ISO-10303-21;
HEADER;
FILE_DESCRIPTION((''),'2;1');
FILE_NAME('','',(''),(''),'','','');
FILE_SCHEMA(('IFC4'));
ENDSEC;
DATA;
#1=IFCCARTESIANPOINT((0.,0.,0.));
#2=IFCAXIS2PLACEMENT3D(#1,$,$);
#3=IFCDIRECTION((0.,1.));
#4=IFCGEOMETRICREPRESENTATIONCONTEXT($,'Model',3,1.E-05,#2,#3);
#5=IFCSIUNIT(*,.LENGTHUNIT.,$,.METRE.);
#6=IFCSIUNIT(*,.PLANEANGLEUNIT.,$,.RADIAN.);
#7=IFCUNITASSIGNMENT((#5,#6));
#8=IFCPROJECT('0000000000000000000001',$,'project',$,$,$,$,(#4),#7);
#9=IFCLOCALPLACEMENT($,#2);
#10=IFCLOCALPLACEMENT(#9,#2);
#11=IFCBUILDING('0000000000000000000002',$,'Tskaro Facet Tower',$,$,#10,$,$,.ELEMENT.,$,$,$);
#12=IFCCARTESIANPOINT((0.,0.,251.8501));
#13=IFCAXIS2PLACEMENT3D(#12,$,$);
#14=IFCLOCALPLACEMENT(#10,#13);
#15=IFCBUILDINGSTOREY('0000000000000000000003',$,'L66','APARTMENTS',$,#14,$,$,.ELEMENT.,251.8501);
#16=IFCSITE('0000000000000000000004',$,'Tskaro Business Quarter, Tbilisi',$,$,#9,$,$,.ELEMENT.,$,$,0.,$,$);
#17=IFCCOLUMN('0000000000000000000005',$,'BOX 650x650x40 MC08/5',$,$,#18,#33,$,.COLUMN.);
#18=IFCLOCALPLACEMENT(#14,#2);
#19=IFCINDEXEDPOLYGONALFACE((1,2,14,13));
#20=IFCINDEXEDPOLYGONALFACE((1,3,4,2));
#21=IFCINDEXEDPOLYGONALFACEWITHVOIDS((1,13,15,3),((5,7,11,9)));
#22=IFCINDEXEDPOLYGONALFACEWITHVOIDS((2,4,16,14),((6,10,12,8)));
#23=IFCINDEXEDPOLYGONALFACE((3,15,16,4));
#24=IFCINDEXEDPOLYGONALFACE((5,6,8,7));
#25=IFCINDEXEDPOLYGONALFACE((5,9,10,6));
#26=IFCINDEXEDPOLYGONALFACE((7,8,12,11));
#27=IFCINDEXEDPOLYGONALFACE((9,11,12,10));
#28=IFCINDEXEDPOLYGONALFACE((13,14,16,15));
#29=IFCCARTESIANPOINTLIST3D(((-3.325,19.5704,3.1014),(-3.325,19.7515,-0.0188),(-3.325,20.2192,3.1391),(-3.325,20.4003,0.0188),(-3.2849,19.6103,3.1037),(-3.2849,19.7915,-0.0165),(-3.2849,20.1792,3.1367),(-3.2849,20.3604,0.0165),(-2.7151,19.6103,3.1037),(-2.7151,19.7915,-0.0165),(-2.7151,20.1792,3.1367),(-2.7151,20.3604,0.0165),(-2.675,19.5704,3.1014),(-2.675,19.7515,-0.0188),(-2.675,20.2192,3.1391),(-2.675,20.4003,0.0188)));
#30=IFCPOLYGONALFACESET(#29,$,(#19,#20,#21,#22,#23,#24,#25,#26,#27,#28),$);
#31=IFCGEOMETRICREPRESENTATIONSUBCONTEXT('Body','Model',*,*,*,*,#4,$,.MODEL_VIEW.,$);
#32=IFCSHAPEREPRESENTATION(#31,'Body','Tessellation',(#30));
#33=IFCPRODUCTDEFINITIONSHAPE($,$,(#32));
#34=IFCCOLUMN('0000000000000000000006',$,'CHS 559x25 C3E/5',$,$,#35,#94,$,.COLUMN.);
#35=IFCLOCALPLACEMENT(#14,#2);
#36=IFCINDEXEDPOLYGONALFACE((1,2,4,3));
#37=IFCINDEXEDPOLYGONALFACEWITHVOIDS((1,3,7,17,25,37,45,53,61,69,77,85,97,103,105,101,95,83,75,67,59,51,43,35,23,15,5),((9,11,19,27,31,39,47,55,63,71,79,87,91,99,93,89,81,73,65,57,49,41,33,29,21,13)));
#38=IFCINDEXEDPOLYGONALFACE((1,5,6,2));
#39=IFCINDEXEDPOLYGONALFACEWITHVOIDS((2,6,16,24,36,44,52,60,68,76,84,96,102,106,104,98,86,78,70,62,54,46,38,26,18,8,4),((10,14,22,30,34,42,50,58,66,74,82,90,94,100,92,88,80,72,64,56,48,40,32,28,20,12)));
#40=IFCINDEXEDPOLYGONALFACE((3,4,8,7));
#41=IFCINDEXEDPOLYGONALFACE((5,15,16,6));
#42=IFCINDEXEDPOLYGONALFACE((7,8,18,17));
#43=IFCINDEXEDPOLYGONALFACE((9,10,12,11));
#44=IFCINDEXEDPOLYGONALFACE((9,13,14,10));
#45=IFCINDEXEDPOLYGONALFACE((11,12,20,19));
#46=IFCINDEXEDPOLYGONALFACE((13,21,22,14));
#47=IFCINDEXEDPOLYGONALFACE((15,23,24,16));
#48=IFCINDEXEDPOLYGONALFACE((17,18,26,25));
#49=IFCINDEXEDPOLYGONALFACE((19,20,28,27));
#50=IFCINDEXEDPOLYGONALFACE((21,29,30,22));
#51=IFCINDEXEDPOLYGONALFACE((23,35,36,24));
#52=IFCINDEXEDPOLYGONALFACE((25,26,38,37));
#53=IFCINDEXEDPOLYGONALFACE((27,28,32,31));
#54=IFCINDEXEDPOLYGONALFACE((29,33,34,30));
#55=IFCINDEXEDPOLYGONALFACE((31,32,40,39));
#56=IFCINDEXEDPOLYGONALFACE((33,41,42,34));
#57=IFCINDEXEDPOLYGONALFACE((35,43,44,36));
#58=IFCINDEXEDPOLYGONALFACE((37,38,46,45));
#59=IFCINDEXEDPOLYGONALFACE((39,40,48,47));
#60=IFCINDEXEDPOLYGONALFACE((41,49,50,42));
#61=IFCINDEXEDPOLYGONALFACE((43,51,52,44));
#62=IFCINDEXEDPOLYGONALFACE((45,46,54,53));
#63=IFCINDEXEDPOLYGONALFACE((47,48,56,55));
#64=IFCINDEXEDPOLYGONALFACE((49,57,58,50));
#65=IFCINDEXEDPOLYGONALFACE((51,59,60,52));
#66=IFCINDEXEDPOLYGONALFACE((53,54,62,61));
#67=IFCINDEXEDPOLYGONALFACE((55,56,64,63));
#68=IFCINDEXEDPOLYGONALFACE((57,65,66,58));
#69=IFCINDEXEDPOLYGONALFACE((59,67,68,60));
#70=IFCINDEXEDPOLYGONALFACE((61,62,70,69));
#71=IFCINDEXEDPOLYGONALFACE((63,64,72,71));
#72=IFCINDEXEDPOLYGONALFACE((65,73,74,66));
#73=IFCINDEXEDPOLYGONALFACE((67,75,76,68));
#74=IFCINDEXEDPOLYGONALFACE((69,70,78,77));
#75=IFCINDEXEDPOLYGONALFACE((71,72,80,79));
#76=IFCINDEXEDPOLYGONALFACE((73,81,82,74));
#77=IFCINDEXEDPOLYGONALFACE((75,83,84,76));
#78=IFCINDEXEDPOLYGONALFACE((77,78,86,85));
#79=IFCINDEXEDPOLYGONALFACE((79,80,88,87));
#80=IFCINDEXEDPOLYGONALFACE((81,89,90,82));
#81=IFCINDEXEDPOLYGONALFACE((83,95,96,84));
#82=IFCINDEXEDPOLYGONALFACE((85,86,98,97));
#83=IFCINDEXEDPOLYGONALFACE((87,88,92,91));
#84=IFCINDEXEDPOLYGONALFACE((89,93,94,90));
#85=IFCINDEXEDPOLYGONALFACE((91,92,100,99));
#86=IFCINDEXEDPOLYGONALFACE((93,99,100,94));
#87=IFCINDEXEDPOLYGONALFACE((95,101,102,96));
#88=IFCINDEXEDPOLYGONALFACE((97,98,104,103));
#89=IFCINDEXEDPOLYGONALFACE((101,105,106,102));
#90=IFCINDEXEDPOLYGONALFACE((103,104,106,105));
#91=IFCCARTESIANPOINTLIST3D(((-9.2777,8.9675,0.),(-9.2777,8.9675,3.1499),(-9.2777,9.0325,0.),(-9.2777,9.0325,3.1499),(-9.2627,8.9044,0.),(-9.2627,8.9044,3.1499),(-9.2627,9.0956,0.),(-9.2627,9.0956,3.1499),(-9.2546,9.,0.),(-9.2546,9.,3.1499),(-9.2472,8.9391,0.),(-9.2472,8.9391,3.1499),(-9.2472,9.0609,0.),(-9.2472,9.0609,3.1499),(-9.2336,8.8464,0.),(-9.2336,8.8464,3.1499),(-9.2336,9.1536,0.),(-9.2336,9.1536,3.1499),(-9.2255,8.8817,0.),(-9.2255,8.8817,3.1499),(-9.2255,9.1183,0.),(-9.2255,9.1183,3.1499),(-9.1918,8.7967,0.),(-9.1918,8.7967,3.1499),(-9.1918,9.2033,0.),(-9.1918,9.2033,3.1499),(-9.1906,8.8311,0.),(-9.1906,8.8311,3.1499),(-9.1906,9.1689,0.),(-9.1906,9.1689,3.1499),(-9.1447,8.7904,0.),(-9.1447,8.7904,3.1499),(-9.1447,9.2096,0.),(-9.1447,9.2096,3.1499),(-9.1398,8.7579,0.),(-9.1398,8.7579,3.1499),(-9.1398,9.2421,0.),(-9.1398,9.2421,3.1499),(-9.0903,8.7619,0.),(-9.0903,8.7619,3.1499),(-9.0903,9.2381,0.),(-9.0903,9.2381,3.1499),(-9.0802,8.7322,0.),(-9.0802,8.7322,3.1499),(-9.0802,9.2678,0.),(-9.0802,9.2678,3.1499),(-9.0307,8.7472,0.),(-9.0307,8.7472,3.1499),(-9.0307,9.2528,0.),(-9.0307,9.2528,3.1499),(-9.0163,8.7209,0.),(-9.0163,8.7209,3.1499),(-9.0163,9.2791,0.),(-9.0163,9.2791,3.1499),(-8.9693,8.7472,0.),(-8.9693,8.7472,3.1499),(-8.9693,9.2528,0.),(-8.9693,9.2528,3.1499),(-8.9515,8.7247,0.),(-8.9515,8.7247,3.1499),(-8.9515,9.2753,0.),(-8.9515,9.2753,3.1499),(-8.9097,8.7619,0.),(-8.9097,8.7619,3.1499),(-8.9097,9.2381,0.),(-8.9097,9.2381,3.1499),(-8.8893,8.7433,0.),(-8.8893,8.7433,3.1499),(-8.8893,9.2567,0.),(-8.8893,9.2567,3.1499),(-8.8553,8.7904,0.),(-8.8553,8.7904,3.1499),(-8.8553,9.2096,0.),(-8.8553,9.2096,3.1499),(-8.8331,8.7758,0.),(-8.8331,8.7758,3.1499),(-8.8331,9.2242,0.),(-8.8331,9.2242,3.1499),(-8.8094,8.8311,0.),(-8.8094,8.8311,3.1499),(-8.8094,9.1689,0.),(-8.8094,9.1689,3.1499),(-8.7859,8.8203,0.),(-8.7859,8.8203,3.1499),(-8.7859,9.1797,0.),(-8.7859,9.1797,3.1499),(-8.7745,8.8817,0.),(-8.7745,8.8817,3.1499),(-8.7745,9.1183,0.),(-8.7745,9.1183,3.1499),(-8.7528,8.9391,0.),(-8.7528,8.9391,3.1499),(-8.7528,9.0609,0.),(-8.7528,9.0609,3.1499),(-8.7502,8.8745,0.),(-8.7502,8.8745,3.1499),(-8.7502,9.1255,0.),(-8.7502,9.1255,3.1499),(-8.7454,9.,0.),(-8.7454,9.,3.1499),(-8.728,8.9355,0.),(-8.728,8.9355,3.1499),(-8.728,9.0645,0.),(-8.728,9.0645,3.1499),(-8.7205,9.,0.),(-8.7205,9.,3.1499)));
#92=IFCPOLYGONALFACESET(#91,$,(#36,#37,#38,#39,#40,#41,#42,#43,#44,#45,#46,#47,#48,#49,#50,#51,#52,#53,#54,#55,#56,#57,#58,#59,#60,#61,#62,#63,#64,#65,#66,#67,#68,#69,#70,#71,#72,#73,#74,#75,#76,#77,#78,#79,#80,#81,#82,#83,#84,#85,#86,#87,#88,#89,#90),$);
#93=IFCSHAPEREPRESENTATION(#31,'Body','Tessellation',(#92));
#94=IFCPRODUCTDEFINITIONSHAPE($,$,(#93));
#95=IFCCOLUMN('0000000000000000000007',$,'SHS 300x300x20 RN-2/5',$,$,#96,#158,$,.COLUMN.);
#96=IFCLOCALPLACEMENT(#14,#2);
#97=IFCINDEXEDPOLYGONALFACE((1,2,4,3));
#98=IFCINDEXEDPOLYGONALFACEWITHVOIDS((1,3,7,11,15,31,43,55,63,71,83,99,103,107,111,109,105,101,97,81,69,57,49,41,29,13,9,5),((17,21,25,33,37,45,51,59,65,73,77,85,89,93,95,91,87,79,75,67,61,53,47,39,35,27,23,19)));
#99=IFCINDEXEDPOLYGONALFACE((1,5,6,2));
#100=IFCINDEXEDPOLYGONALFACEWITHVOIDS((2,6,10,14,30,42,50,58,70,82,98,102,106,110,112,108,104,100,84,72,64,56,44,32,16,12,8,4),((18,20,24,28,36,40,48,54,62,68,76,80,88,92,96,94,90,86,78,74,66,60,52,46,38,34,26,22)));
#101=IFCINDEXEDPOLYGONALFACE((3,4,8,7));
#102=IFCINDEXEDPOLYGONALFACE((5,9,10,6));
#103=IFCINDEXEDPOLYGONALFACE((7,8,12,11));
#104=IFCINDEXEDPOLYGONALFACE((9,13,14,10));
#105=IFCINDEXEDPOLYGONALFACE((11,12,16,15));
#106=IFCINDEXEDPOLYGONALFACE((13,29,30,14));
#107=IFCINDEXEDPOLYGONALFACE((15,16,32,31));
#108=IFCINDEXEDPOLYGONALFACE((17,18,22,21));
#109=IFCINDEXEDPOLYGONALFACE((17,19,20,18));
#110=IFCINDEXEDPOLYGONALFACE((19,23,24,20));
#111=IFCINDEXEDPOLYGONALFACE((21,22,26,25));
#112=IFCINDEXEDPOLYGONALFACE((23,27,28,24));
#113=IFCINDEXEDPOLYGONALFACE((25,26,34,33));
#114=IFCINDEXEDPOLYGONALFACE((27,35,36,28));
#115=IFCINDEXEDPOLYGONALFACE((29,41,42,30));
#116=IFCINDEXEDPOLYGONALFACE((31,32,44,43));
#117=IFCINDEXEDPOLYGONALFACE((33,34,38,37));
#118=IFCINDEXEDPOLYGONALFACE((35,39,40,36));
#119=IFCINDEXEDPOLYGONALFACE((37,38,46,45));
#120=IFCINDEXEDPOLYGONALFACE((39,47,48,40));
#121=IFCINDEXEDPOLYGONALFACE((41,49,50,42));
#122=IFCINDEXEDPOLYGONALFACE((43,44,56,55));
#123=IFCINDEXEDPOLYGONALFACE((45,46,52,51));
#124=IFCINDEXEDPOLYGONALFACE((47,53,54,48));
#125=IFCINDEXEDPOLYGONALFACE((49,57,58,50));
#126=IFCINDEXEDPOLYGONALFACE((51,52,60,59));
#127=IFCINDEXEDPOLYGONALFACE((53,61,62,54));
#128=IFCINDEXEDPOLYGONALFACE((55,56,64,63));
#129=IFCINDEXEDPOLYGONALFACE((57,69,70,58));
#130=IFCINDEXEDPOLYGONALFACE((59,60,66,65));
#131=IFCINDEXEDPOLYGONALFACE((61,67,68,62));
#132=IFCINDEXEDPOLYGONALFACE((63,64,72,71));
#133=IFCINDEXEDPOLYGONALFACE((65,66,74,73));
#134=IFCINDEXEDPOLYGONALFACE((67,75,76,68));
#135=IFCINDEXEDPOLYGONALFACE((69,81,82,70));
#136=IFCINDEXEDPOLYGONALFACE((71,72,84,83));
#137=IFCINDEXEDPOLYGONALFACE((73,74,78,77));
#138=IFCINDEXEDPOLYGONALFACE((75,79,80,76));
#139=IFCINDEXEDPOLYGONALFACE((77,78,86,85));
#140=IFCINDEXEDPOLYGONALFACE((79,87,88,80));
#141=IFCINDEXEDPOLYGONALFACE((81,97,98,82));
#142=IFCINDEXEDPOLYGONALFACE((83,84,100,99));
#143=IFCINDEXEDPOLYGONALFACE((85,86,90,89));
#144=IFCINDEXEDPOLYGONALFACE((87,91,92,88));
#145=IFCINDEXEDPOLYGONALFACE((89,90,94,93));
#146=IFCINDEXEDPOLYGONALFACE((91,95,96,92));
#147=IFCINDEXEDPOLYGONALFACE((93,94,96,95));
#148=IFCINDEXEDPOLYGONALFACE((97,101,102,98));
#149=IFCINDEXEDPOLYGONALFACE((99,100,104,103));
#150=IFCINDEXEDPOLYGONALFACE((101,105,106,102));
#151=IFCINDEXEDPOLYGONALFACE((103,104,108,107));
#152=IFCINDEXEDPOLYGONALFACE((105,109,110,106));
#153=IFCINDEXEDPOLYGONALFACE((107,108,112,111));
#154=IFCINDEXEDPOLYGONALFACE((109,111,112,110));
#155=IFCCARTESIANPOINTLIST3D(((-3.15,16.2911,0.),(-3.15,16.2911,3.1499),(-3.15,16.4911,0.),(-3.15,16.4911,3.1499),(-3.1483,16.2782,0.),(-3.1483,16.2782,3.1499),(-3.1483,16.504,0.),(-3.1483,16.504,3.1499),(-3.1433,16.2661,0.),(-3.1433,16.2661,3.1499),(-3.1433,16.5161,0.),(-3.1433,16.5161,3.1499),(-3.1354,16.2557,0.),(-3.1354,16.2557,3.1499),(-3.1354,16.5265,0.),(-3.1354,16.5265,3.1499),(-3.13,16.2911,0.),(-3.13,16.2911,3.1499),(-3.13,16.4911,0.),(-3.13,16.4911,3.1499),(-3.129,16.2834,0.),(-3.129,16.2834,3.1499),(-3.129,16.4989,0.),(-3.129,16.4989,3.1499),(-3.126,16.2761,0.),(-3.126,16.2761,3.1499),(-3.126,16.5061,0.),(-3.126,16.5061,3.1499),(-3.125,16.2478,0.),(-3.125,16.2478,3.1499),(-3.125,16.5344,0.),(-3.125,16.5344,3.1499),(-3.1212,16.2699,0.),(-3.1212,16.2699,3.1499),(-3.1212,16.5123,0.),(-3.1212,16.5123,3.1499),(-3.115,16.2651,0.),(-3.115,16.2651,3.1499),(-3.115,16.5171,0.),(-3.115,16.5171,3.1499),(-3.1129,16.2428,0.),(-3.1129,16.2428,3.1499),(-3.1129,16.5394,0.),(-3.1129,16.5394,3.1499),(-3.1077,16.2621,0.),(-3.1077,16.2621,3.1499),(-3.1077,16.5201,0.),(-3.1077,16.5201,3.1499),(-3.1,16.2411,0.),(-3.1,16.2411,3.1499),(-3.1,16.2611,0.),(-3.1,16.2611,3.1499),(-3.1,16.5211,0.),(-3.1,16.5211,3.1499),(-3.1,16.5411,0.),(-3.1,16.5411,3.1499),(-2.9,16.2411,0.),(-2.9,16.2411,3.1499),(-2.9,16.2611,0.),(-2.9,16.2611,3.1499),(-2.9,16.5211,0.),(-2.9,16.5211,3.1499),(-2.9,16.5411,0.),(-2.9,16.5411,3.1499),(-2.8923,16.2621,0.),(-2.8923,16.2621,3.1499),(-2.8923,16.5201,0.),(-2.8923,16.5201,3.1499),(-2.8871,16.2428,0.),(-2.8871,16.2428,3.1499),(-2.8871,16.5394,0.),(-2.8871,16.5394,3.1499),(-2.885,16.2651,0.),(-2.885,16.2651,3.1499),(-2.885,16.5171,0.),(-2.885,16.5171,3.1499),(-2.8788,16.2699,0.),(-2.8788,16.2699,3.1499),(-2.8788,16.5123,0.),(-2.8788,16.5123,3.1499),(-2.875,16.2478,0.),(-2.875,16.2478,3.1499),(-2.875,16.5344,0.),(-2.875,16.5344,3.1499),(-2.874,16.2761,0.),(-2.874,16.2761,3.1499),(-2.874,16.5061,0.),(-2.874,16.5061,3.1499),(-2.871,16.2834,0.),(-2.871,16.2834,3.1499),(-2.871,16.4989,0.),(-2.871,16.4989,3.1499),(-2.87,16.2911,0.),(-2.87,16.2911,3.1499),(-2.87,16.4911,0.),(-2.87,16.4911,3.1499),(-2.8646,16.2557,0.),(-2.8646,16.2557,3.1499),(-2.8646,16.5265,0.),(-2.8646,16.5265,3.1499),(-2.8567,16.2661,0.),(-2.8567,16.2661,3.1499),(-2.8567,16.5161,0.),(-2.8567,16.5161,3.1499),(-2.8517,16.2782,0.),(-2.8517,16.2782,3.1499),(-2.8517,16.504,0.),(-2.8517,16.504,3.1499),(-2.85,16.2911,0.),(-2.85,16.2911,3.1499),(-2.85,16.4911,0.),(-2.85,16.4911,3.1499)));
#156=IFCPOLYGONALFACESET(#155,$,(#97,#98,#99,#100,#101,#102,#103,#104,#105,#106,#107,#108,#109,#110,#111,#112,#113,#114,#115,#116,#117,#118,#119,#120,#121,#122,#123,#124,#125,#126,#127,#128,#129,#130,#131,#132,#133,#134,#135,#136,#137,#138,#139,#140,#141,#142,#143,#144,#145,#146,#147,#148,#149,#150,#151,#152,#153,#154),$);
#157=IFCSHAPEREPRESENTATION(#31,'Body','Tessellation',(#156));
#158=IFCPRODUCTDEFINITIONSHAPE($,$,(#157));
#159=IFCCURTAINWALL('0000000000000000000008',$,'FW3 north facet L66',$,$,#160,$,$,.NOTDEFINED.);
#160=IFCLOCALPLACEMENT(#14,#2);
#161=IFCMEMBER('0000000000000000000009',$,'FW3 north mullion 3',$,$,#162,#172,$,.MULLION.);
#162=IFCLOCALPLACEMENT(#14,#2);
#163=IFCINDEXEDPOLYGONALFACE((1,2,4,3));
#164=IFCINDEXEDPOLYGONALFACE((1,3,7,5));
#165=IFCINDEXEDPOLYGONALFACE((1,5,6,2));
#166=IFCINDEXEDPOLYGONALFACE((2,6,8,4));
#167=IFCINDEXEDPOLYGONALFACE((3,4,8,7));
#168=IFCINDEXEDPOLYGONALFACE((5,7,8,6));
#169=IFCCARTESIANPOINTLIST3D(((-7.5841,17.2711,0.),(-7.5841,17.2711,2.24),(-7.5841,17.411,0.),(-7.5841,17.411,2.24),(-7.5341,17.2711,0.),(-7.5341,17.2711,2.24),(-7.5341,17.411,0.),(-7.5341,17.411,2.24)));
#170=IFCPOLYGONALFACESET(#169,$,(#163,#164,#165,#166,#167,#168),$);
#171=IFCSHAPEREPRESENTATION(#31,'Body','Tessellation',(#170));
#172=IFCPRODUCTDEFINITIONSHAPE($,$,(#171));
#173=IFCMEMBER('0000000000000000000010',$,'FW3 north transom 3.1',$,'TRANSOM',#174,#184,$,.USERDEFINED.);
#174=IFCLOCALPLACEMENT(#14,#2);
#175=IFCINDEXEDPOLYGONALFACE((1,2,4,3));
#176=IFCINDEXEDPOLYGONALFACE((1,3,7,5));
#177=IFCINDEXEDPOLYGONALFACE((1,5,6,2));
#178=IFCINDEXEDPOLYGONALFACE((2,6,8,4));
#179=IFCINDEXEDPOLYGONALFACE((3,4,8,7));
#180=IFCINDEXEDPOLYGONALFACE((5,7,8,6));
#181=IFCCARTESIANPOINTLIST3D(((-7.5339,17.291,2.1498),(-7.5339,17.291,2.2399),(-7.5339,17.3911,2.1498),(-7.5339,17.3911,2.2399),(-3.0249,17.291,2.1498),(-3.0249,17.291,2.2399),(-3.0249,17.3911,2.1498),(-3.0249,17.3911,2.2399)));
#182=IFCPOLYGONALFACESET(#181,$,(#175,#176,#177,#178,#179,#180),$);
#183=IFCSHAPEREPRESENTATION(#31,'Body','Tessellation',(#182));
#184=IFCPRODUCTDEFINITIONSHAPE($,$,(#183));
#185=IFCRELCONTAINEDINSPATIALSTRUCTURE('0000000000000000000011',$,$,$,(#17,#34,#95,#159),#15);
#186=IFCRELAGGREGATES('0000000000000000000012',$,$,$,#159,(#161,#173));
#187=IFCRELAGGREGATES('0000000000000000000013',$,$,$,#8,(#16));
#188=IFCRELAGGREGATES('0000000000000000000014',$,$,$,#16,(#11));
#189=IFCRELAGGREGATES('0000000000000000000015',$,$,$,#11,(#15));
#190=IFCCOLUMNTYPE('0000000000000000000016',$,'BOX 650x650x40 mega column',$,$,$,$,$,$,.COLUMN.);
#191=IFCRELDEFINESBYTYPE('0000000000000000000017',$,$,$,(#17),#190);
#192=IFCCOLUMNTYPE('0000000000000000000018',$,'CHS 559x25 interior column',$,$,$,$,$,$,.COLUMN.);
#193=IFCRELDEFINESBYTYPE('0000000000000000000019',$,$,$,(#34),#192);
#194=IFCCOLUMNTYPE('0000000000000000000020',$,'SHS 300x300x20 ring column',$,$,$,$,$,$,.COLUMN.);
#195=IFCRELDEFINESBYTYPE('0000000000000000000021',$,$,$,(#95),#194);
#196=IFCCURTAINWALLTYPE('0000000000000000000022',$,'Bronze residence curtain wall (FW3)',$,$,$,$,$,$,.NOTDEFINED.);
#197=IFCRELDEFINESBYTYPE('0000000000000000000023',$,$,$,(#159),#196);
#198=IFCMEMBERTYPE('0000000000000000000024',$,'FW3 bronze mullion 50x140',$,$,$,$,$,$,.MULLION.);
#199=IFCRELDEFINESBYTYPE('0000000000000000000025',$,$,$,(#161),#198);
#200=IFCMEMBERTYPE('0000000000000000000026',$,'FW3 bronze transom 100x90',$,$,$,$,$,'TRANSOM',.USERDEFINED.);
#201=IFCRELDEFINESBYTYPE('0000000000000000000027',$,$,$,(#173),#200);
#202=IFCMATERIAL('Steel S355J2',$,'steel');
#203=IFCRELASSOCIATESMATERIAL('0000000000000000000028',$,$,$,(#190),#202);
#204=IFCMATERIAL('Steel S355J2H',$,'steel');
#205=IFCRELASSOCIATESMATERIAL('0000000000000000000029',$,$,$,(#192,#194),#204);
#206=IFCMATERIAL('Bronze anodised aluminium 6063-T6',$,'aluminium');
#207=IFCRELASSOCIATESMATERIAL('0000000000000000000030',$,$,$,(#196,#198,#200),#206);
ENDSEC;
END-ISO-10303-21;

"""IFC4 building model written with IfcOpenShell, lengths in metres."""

from ifc_helpers import new_model, si_unit, direction, frame, origin, origin_2d, place, context, subcontext, project, spatial, rectangle, hollow_rectangle, hollow_circle, extrude, material, material_profile, profile_set, type_object, element, aggregate, save


model = new_model("IFC4")

# Units and contexts
model_context = context("Model", 3, precision=1e-05, world=origin(), true_north=direction((0.0, 1.0)))
body_context = subcontext(model_context, "Body", "Model", "MODEL_VIEW")
ifc_project = project(units=[si_unit("LENGTHUNIT", "METRE"), si_unit("PLANEANGLEUNIT", "RADIAN")], contexts=[model_context])

# Site, building, storey
site_placement = place(None, origin())
site = spatial("IfcSite", under=ifc_project, at=site_placement, Name="Tskaro Business Quarter, Tbilisi", CompositionType="ELEMENT", RefElevation=0.0)
building_placement = place(site_placement, origin())
building = spatial("IfcBuilding", under=site, at=building_placement, Name="Tskaro Facet Tower", CompositionType="ELEMENT")
storey_placement = place(building_placement, frame((0.0, 0.0, 251.8501)))
storey = spatial("IfcBuildingStorey", under=building, at=storey_placement, Name="L66", Description="APARTMENTS", CompositionType="ELEMENT", Elevation=251.8501)

# Columns
ifc_material_1 = material(Name="Steel S355J2", Category="steel")
ifc_material_profile_1 = material_profile(ifc_material_1, hollow_rectangle(XDim=0.6499, YDim=0.6499, WallThickness=0.04, at=origin_2d()), Name="BOX 650x650x40")
ifc_profile_set_1 = profile_set([ifc_material_profile_1], Name="Steel S355J2")
column_type_1 = type_object("IfcColumnType", Name="BOX 650x650x40 mega column", PredefinedType="COLUMN", material=ifc_profile_set_1)
column_1_placement = place(storey_placement, frame((-3.0, 20.0759, 0.0), z_axis=(0.0, -0.057962, 0.998319), x_axis=(1.0, 0.0, 0.0)))
element("IfcColumn", 1, at=column_1_placement, inside=storey, type_object=column_type_1, Name="BOX 650x650x40 MC08/5", PredefinedType="COLUMN", context=body_context, shape_type="SweptSolid", body=[
    extrude(hollow_rectangle(XDim=0.6499, YDim=0.6499, WallThickness=0.04, at=origin_2d()), origin(), (0.0, 0.0, 1.0), 3.1255),
])
ifc_material_2 = material(Name="Steel S355J2H", Category="steel")
ifc_material_profile_2 = material_profile(ifc_material_2, hollow_circle(Radius=0.2795, WallThickness=0.0249, at=origin_2d()), Name="CHS 559x25")
ifc_profile_set_2 = profile_set([ifc_material_profile_2], Name="Steel S355J2H")
column_type_2 = type_object("IfcColumnType", Name="CHS 559x25 interior column", PredefinedType="COLUMN", material=ifc_profile_set_2)
column_2_placement = place(storey_placement, frame((-9.0, 9.0, 0.0), z_axis=(0.0, 0.0, 1.0), x_axis=(1.0, 0.0, 0.0)))
element("IfcColumn", 2, at=column_2_placement, inside=storey, type_object=column_type_2, Name="CHS 559x25 C3E/5", PredefinedType="COLUMN", context=body_context, shape_type="SweptSolid", body=[
    extrude(hollow_circle(Radius=0.2795, WallThickness=0.0249, at=origin_2d()), origin(), (0.0, 0.0, 1.0), 3.1499),
])
ifc_material_profile_3 = material_profile(ifc_material_2, hollow_rectangle(XDim=0.3, YDim=0.3, WallThickness=0.02, InnerFilletRadius=0.03, OuterFilletRadius=0.05, at=origin_2d()), Name="SHS 300x300x20")
ifc_profile_set_3 = profile_set([ifc_material_profile_3], Name="Steel S355J2H")
column_type_3 = type_object("IfcColumnType", Name="SHS 300x300x20 ring column", PredefinedType="COLUMN", material=ifc_profile_set_3)
column_3_placement = place(storey_placement, frame((-3.0, 16.3911, 0.0), z_axis=(0.0, 0.0, 1.0), x_axis=(1.0, 0.0, 0.0)))
element("IfcColumn", 3, at=column_3_placement, inside=storey, type_object=column_type_3, Name="SHS 300x300x20 RN-2/5", PredefinedType="COLUMN", context=body_context, shape_type="SweptSolid", body=[
    extrude(hollow_rectangle(XDim=0.3, YDim=0.3, WallThickness=0.02, InnerFilletRadius=0.03, OuterFilletRadius=0.05, at=origin_2d()), origin(), (0.0, 0.0, 1.0), 3.1499),
])

# Curtain wall, members
ifc_material_3 = material(Name="Bronze anodised aluminium 6063-T6", Category="aluminium")
curtain_wall_type = type_object("IfcCurtainWallType", Name="Bronze residence curtain wall (FW3)", PredefinedType="NOTDEFINED", material=ifc_material_3)
curtain_wall_placement = place(storey_placement, origin())
curtain_wall = element("IfcCurtainWall", 4, at=curtain_wall_placement, inside=storey, type_object=curtain_wall_type, Name="FW3 north facet L66", PredefinedType="NOTDEFINED")
ifc_material_profile_4 = material_profile(ifc_material_3, rectangle(XDim=0.05, YDim=0.1399, at=origin_2d()), Name="Mullion 50x140")
ifc_profile_set_4 = profile_set([ifc_material_profile_4], Name="Bronze anodised aluminium 6063-T6")
member_type_1 = type_object("IfcMemberType", Name="FW3 bronze mullion 50x140", PredefinedType="MULLION", material=ifc_profile_set_4)
member_1_placement = place(storey_placement, frame((-7.5591, 17.3411, 0.0), z_axis=(0.0, 0.0, 1.0), x_axis=(-1.0, 0.0, 0.0)))
member_1 = element("IfcMember", 5, at=member_1_placement, type_object=member_type_1, Name="FW3 north mullion 3", PredefinedType="MULLION", context=body_context, shape_type="SweptSolid", body=[
    extrude(rectangle(XDim=0.05, YDim=0.1399, at=origin_2d()), origin(), (0.0, 0.0, 1.0), 2.24),
])
ifc_material_profile_5 = material_profile(ifc_material_3, rectangle(XDim=0.1001, YDim=0.0901, at=origin_2d()), Name="Transom 100x90")
ifc_profile_set_5 = profile_set([ifc_material_profile_5], Name="Bronze anodised aluminium 6063-T6")
member_type_2 = type_object("IfcMemberType", Name="FW3 bronze transom 100x90", ElementType="TRANSOM", PredefinedType="USERDEFINED", material=ifc_profile_set_5)
member_2_placement = place(storey_placement, frame((-3.0249, 17.3411, 2.1948), z_axis=(-1.0, 0.0, 0.0), x_axis=(0.0, -1.0, 0.0)))
member_2 = element("IfcMember", 6, at=member_2_placement, type_object=member_type_2, Name="FW3 north transom 3.1", ObjectType="TRANSOM", PredefinedType="USERDEFINED", context=body_context, shape_type="SweptSolid", body=[
    extrude(rectangle(XDim=0.1001, YDim=0.0901, at=origin_2d()), origin(), (0.0, 0.0, 1.0), 4.509),
])

aggregate(curtain_wall, [member_1, member_2])

save(model, "model.ifc")
